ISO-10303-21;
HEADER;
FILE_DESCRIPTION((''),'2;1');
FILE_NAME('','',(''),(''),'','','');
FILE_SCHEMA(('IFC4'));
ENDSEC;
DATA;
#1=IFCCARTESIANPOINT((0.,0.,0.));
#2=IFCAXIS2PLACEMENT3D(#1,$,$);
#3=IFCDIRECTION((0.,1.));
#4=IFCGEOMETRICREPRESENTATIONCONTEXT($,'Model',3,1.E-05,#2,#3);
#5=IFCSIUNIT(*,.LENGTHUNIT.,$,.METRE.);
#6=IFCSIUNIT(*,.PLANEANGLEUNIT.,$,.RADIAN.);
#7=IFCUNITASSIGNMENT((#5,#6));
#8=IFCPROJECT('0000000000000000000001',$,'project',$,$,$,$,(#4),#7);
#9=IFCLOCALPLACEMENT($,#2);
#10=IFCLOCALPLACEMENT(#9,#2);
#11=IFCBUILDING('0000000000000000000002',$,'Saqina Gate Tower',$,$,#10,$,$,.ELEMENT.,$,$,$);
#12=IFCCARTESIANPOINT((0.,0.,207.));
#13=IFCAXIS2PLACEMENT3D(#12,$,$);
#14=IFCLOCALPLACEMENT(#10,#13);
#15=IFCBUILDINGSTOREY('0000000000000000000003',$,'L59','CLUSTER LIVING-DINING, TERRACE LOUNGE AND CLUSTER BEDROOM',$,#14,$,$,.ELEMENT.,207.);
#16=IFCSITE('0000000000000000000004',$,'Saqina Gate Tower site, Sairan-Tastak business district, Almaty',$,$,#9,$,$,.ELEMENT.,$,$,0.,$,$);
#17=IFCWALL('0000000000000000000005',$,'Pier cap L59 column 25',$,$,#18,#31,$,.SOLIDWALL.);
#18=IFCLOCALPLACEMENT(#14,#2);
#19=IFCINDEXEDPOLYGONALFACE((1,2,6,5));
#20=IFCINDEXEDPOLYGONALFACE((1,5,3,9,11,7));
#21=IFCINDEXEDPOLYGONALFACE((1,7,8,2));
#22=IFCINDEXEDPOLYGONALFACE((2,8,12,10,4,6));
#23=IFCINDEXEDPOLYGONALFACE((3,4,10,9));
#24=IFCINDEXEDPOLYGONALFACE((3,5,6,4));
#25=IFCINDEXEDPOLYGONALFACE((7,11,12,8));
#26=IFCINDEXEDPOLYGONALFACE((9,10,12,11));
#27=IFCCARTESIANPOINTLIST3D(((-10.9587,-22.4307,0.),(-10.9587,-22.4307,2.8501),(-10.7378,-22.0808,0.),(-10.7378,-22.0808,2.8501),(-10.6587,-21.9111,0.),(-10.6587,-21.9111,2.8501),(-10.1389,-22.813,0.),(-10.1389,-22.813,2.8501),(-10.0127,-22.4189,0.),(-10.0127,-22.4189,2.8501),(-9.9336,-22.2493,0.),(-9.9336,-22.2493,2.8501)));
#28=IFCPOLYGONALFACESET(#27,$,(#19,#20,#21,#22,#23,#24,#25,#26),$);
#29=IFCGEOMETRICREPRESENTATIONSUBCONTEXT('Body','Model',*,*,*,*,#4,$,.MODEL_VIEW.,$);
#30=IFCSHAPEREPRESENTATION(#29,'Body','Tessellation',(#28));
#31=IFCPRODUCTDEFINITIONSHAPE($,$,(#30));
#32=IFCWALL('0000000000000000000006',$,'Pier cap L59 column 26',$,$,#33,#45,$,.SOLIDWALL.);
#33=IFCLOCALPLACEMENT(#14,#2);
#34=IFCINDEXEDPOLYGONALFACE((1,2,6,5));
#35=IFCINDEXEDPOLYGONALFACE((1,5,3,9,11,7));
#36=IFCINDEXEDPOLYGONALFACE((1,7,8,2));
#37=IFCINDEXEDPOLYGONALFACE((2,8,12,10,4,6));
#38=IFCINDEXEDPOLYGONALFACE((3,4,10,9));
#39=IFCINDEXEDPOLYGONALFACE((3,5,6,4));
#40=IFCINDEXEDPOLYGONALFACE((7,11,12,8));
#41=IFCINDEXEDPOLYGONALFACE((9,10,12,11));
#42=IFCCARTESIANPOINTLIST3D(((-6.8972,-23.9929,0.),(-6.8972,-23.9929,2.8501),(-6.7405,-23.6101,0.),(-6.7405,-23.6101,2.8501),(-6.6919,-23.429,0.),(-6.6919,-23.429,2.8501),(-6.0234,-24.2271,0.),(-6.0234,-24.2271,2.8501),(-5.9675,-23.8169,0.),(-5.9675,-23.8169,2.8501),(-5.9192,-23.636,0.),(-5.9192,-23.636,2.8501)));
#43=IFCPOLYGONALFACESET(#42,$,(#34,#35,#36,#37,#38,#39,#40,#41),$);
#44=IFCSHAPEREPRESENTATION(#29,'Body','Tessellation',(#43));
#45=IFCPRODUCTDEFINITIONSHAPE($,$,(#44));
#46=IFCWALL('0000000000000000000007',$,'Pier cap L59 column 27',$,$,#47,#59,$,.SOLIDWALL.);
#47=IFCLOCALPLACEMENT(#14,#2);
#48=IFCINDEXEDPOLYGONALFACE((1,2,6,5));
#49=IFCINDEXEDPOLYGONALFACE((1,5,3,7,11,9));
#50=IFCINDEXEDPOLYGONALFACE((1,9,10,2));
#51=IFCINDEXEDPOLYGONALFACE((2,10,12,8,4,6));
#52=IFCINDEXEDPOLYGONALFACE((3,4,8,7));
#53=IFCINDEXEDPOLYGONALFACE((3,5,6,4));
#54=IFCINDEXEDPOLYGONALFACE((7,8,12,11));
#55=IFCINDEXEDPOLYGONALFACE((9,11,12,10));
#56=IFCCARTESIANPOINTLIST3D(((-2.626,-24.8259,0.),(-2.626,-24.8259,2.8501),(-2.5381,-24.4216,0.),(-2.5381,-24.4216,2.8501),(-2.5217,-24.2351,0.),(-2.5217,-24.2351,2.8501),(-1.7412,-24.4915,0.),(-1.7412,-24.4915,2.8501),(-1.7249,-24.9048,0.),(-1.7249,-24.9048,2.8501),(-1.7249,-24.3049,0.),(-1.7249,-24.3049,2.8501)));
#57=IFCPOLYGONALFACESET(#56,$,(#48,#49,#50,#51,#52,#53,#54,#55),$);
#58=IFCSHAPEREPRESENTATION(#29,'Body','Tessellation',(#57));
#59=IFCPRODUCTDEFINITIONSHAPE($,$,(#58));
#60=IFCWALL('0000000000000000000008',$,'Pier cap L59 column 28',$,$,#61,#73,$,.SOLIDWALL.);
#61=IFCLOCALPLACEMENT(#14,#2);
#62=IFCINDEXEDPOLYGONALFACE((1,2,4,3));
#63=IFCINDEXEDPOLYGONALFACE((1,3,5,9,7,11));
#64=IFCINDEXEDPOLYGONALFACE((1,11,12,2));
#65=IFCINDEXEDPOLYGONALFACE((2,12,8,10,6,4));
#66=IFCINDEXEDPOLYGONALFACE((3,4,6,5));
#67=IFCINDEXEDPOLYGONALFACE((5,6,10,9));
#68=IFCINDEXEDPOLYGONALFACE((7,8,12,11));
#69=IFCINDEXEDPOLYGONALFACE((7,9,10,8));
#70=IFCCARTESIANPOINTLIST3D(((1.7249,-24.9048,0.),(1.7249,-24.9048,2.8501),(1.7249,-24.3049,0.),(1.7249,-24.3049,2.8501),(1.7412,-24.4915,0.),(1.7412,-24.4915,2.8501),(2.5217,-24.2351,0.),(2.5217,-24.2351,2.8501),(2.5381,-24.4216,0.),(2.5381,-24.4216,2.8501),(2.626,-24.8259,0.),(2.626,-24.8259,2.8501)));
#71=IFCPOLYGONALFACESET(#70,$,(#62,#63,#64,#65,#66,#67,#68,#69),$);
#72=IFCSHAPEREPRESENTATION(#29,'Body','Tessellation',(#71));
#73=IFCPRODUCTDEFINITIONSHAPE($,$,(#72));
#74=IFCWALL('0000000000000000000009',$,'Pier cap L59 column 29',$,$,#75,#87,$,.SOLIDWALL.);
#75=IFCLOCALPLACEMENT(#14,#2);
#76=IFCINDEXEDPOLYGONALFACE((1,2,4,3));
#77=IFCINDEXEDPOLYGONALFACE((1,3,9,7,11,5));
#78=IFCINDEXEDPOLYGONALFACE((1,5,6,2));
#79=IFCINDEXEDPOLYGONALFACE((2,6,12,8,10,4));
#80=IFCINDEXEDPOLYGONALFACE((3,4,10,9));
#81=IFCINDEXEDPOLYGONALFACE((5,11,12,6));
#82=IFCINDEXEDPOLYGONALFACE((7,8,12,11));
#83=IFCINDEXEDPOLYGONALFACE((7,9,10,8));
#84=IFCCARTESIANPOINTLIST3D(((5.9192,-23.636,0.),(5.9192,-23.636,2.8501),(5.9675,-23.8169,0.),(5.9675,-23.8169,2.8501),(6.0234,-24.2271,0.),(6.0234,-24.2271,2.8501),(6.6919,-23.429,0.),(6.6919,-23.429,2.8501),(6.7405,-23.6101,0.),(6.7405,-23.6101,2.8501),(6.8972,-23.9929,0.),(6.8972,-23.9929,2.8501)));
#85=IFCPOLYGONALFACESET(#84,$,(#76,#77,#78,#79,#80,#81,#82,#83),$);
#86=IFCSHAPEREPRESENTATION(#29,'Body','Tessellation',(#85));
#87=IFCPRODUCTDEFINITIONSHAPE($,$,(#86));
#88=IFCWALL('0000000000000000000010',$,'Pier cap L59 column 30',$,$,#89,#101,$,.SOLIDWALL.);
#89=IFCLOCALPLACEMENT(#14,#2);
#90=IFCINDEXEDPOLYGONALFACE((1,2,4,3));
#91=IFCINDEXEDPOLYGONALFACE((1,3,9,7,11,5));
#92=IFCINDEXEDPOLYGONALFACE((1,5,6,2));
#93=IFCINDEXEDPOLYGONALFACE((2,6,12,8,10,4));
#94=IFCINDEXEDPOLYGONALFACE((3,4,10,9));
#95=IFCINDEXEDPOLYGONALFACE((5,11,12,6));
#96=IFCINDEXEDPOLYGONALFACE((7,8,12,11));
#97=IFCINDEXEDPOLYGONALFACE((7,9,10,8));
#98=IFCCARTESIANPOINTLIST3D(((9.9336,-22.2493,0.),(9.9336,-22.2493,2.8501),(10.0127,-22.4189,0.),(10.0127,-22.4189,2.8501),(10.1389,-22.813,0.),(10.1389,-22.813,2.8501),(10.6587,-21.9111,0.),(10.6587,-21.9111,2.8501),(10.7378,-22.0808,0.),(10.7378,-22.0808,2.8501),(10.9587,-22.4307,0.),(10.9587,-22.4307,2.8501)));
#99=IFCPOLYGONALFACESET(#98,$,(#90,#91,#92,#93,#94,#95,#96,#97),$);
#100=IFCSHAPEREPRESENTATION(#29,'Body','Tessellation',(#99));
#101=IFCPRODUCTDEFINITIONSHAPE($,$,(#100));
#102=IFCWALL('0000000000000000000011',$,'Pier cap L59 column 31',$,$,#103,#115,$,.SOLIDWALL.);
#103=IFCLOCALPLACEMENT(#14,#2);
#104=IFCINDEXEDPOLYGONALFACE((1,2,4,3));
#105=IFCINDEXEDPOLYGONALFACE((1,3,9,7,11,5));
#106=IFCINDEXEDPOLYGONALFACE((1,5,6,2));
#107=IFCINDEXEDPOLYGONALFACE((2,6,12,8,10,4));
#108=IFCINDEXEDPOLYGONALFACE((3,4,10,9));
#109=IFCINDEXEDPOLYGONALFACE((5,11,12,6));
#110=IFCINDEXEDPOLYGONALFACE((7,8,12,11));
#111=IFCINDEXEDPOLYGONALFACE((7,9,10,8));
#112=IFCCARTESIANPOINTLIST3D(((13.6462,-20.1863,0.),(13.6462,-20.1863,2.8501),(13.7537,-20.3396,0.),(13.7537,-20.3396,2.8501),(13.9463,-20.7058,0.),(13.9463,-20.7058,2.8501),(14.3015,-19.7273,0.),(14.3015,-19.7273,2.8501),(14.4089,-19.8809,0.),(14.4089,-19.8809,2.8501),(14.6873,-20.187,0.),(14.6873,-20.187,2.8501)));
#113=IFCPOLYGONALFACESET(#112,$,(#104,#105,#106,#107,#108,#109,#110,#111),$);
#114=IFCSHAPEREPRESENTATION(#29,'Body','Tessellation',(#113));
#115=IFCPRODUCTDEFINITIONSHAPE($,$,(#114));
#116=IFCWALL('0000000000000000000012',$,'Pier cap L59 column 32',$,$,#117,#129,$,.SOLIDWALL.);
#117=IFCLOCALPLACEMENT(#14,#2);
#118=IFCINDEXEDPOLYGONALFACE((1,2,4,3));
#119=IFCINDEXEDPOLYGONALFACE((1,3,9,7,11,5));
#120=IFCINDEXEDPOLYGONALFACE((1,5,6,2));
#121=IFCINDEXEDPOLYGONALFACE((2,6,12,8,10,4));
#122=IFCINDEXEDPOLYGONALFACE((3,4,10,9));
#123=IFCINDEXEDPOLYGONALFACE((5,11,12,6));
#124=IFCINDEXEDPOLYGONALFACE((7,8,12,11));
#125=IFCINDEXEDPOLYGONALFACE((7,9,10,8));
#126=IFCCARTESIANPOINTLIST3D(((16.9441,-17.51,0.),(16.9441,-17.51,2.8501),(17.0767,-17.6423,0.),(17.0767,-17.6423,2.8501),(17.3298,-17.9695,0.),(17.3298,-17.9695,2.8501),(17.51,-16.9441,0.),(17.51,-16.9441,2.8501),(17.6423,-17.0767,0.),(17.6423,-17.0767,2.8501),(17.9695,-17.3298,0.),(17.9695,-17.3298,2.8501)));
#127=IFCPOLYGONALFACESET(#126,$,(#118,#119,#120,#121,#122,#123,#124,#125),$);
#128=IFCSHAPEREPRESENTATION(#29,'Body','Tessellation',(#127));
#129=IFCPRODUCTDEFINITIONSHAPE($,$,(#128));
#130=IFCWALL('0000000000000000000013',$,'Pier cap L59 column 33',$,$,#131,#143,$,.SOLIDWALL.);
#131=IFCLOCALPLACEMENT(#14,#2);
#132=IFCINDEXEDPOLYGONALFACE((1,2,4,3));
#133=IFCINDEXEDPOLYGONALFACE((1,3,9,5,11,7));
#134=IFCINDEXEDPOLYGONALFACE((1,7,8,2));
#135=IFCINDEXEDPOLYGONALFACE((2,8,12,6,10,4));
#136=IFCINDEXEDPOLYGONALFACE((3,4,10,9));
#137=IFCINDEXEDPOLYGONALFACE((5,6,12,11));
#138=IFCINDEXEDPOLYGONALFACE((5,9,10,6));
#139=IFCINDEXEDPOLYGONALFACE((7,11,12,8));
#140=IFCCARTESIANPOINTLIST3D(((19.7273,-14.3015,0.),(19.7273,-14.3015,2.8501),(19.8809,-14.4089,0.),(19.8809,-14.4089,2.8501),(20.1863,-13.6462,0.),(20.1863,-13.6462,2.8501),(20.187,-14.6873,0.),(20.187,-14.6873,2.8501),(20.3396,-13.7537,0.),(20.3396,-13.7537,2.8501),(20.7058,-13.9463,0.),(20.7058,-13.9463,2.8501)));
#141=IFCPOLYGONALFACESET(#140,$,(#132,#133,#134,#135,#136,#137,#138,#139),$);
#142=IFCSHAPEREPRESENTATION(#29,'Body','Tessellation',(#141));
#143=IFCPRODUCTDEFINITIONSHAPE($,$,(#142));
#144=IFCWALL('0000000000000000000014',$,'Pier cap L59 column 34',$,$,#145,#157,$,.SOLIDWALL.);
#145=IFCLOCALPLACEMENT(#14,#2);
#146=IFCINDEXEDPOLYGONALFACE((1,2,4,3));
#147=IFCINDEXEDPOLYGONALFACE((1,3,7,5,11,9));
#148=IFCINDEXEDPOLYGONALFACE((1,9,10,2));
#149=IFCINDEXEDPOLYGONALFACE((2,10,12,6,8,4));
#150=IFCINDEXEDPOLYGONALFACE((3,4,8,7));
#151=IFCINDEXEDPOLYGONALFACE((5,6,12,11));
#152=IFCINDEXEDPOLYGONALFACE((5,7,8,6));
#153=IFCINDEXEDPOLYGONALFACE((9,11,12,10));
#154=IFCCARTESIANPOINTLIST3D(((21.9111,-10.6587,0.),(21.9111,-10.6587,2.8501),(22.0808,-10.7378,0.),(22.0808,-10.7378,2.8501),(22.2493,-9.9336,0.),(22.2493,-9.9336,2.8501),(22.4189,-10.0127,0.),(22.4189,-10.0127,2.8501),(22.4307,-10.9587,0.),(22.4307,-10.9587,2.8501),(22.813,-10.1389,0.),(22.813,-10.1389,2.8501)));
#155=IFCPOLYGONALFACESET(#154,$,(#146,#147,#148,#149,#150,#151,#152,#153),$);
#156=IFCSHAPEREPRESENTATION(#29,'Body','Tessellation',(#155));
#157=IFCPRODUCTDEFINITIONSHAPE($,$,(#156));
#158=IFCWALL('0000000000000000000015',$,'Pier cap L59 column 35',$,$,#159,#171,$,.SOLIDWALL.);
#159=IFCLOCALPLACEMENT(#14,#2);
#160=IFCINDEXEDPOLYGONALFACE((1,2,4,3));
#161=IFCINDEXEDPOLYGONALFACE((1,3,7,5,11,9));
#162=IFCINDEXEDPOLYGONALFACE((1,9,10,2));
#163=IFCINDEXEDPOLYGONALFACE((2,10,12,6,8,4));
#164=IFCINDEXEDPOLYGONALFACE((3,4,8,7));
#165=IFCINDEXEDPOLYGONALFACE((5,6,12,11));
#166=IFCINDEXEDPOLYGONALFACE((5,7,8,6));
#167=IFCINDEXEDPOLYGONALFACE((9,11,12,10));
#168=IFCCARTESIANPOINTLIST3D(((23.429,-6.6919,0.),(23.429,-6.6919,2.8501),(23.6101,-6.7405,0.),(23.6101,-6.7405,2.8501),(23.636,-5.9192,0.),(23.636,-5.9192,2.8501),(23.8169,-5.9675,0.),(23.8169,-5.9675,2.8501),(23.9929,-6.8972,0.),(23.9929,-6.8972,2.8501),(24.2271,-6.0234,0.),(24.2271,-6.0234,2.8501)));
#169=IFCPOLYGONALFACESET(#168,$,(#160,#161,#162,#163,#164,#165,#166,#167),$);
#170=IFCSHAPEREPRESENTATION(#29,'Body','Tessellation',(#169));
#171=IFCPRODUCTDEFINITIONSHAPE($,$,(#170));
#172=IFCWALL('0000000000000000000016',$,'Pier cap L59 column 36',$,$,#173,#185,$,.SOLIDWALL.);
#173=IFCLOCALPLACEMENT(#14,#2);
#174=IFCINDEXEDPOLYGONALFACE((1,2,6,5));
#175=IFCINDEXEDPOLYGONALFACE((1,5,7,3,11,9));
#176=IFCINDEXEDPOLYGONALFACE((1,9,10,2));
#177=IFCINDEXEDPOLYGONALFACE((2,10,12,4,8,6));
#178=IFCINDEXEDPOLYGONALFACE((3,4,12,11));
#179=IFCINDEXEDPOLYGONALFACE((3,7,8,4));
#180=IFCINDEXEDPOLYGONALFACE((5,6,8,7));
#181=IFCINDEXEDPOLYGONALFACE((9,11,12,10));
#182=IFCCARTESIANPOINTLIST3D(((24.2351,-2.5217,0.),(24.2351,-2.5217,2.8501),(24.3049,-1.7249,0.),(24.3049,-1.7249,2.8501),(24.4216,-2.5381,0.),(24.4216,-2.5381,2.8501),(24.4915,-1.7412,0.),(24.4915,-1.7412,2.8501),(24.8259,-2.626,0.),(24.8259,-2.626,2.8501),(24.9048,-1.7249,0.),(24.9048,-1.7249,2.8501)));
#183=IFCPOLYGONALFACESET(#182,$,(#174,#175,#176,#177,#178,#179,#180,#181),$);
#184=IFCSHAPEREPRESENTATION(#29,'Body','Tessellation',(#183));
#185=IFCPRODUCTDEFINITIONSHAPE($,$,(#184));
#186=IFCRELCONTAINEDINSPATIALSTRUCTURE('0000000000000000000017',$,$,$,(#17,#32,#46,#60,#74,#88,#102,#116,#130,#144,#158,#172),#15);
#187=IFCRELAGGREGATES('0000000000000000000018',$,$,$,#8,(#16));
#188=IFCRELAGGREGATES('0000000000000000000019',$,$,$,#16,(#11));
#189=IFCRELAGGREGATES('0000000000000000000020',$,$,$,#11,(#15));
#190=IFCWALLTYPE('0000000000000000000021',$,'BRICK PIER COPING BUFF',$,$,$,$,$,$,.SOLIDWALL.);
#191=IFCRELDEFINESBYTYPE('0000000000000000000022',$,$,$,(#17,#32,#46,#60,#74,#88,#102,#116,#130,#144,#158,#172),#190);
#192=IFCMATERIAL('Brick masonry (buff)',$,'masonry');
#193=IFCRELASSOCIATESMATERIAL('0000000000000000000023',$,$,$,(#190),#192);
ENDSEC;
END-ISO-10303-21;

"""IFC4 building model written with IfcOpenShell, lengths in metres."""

from ifc_helpers import new_model, si_unit, direction, frame, origin, place, context, subcontext, project, spatial, polyline, outline, extrude, material, type_object, element, save


model = new_model("IFC4")

# Units and contexts
model_context = context("Model", 3, precision=1e-05, world=origin(), true_north=direction((0.0, 1.0)))
body_context = subcontext(model_context, "Body", "Model", "MODEL_VIEW")
ifc_project = project(units=[si_unit("LENGTHUNIT", "METRE"), si_unit("PLANEANGLEUNIT", "RADIAN")], contexts=[model_context])

# Site, building, storey
site_placement = place(None, origin())
site = spatial("IfcSite", under=ifc_project, at=site_placement, Name="Saqina Gate Tower site, Sairan-Tastak business district, Almaty", CompositionType="ELEMENT", RefElevation=0.0)
building_placement = place(site_placement, origin())
building = spatial("IfcBuilding", under=site, at=building_placement, Name="Saqina Gate Tower", CompositionType="ELEMENT")
storey_placement = place(building_placement, frame((0.0, 0.0, 207.0)))
storey = spatial("IfcBuildingStorey", under=building, at=storey_placement, Name="L59", Description="CLUSTER LIVING-DINING, TERRACE LOUNGE AND CLUSTER BEDROOM", CompositionType="ELEMENT", Elevation=207.0)

# Walls
ifc_material_1 = material(Name="Brick masonry (buff)", Category="masonry")
wall_type_1 = type_object("IfcWallType", Name="BRICK PIER COPING BUFF", PredefinedType="SOLIDWALL", material=ifc_material_1)
wall_1_placement = place(storey_placement, origin())
element("IfcWall", 1, at=wall_1_placement, inside=storey, type_object=wall_type_1, Name="Pier cap L59 column 25", PredefinedType="SOLIDWALL", context=body_context, shape_type="SweptSolid", body=[
    extrude(outline(polyline([(-10.1389, -22.813), (-9.9336, -22.2493), (-10.0127, -22.4189), (-10.7378, -22.0808), (-10.6587, -21.9111), (-10.9587, -22.4307), (-10.1389, -22.813)])), origin(), (0.0, 0.0, 1.0), 2.8501),
])
wall_2_placement = place(storey_placement, origin())
element("IfcWall", 2, at=wall_2_placement, inside=storey, type_object=wall_type_1, Name="Pier cap L59 column 26", PredefinedType="SOLIDWALL", context=body_context, shape_type="SweptSolid", body=[
    extrude(outline(polyline([(-6.0234, -24.2271), (-5.9192, -23.636), (-5.9675, -23.8169), (-6.7405, -23.6101), (-6.6919, -23.429), (-6.8972, -23.9929), (-6.0234, -24.2271)])), origin(), (0.0, 0.0, 1.0), 2.8501),
])
wall_3_placement = place(storey_placement, origin())
element("IfcWall", 3, at=wall_3_placement, inside=storey, type_object=wall_type_1, Name="Pier cap L59 column 27", PredefinedType="SOLIDWALL", context=body_context, shape_type="SweptSolid", body=[
    extrude(outline(polyline([(-2.626, -24.8259), (-1.7249, -24.9048), (-1.7249, -24.3049), (-1.7412, -24.4915), (-2.5381, -24.4216), (-2.5217, -24.2351), (-2.626, -24.8259)])), origin(), (0.0, 0.0, 1.0), 2.8501),
])
wall_4_placement = place(storey_placement, origin())
element("IfcWall", 4, at=wall_4_placement, inside=storey, type_object=wall_type_1, Name="Pier cap L59 column 28", PredefinedType="SOLIDWALL", context=body_context, shape_type="SweptSolid", body=[
    extrude(outline(polyline([(1.7249, -24.9048), (2.626, -24.8259), (2.5217, -24.2351), (2.5381, -24.4216), (1.7412, -24.4915), (1.7249, -24.3049), (1.7249, -24.9048)])), origin(), (0.0, 0.0, 1.0), 2.8501),
])
wall_5_placement = place(storey_placement, origin())
element("IfcWall", 5, at=wall_5_placement, inside=storey, type_object=wall_type_1, Name="Pier cap L59 column 29", PredefinedType="SOLIDWALL", context=body_context, shape_type="SweptSolid", body=[
    extrude(outline(polyline([(6.0234, -24.2271), (6.8972, -23.9929), (6.6919, -23.429), (6.7405, -23.6101), (5.9675, -23.8169), (5.9192, -23.636), (6.0234, -24.2271)])), origin(), (0.0, 0.0, 1.0), 2.8501),
])
wall_6_placement = place(storey_placement, origin())
element("IfcWall", 6, at=wall_6_placement, inside=storey, type_object=wall_type_1, Name="Pier cap L59 column 30", PredefinedType="SOLIDWALL", context=body_context, shape_type="SweptSolid", body=[
    extrude(outline(polyline([(10.9587, -22.4307), (10.6587, -21.9111), (10.7378, -22.0808), (10.0127, -22.4189), (9.9336, -22.2493), (10.1389, -22.813), (10.9587, -22.4307)])), origin(), (0.0, 0.0, 1.0), 2.8501),
])
wall_7_placement = place(storey_placement, origin())
element("IfcWall", 7, at=wall_7_placement, inside=storey, type_object=wall_type_1, Name="Pier cap L59 column 31", PredefinedType="SOLIDWALL", context=body_context, shape_type="SweptSolid", body=[
    extrude(outline(polyline([(13.9463, -20.7058), (14.6873, -20.187), (14.3015, -19.7273), (14.4089, -19.8809), (13.7537, -20.3396), (13.6462, -20.1863), (13.9463, -20.7058)])), origin(), (0.0, 0.0, 1.0), 2.8501),
])
wall_8_placement = place(storey_placement, origin())
element("IfcWall", 8, at=wall_8_placement, inside=storey, type_object=wall_type_1, Name="Pier cap L59 column 32", PredefinedType="SOLIDWALL", context=body_context, shape_type="SweptSolid", body=[
    extrude(outline(polyline([(17.9695, -17.3298), (17.51, -16.9441), (17.6423, -17.0767), (17.0767, -17.6423), (16.9441, -17.51), (17.3298, -17.9695), (17.9695, -17.3298)])), origin(), (0.0, 0.0, 1.0), 2.8501),
])
wall_9_placement = place(storey_placement, origin())
element("IfcWall", 9, at=wall_9_placement, inside=storey, type_object=wall_type_1, Name="Pier cap L59 column 33", PredefinedType="SOLIDWALL", context=body_context, shape_type="SweptSolid", body=[
    extrude(outline(polyline([(20.187, -14.6873), (20.7058, -13.9463), (20.1863, -13.6462), (20.3396, -13.7537), (19.8809, -14.4089), (19.7273, -14.3015), (20.187, -14.6873)])), origin(), (0.0, 0.0, 1.0), 2.8501),
])
wall_10_placement = place(storey_placement, origin())
element("IfcWall", 10, at=wall_10_placement, inside=storey, type_object=wall_type_1, Name="Pier cap L59 column 34", PredefinedType="SOLIDWALL", context=body_context, shape_type="SweptSolid", body=[
    extrude(outline(polyline([(22.813, -10.1389), (22.2493, -9.9336), (22.4189, -10.0127), (22.0808, -10.7378), (21.9111, -10.6587), (22.4307, -10.9587), (22.813, -10.1389)])), origin(), (0.0, 0.0, 1.0), 2.8501),
])
wall_11_placement = place(storey_placement, origin())
element("IfcWall", 11, at=wall_11_placement, inside=storey, type_object=wall_type_1, Name="Pier cap L59 column 35", PredefinedType="SOLIDWALL", context=body_context, shape_type="SweptSolid", body=[
    extrude(outline(polyline([(24.2271, -6.0234), (23.636, -5.9192), (23.8169, -5.9675), (23.6101, -6.7405), (23.429, -6.6919), (23.9929, -6.8972), (24.2271, -6.0234)])), origin(), (0.0, 0.0, 1.0), 2.8501),
])
wall_12_placement = place(storey_placement, origin())
element("IfcWall", 12, at=wall_12_placement, inside=storey, type_object=wall_type_1, Name="Pier cap L59 column 36", PredefinedType="SOLIDWALL", context=body_context, shape_type="SweptSolid", body=[
    extrude(outline(polyline([(24.8259, -2.626), (24.9048, -1.7249), (24.3049, -1.7249), (24.4915, -1.7412), (24.4216, -2.5381), (24.2351, -2.5217), (24.8259, -2.626)])), origin(), (0.0, 0.0, 1.0), 2.8501),
])

save(model, "model.ifc")
